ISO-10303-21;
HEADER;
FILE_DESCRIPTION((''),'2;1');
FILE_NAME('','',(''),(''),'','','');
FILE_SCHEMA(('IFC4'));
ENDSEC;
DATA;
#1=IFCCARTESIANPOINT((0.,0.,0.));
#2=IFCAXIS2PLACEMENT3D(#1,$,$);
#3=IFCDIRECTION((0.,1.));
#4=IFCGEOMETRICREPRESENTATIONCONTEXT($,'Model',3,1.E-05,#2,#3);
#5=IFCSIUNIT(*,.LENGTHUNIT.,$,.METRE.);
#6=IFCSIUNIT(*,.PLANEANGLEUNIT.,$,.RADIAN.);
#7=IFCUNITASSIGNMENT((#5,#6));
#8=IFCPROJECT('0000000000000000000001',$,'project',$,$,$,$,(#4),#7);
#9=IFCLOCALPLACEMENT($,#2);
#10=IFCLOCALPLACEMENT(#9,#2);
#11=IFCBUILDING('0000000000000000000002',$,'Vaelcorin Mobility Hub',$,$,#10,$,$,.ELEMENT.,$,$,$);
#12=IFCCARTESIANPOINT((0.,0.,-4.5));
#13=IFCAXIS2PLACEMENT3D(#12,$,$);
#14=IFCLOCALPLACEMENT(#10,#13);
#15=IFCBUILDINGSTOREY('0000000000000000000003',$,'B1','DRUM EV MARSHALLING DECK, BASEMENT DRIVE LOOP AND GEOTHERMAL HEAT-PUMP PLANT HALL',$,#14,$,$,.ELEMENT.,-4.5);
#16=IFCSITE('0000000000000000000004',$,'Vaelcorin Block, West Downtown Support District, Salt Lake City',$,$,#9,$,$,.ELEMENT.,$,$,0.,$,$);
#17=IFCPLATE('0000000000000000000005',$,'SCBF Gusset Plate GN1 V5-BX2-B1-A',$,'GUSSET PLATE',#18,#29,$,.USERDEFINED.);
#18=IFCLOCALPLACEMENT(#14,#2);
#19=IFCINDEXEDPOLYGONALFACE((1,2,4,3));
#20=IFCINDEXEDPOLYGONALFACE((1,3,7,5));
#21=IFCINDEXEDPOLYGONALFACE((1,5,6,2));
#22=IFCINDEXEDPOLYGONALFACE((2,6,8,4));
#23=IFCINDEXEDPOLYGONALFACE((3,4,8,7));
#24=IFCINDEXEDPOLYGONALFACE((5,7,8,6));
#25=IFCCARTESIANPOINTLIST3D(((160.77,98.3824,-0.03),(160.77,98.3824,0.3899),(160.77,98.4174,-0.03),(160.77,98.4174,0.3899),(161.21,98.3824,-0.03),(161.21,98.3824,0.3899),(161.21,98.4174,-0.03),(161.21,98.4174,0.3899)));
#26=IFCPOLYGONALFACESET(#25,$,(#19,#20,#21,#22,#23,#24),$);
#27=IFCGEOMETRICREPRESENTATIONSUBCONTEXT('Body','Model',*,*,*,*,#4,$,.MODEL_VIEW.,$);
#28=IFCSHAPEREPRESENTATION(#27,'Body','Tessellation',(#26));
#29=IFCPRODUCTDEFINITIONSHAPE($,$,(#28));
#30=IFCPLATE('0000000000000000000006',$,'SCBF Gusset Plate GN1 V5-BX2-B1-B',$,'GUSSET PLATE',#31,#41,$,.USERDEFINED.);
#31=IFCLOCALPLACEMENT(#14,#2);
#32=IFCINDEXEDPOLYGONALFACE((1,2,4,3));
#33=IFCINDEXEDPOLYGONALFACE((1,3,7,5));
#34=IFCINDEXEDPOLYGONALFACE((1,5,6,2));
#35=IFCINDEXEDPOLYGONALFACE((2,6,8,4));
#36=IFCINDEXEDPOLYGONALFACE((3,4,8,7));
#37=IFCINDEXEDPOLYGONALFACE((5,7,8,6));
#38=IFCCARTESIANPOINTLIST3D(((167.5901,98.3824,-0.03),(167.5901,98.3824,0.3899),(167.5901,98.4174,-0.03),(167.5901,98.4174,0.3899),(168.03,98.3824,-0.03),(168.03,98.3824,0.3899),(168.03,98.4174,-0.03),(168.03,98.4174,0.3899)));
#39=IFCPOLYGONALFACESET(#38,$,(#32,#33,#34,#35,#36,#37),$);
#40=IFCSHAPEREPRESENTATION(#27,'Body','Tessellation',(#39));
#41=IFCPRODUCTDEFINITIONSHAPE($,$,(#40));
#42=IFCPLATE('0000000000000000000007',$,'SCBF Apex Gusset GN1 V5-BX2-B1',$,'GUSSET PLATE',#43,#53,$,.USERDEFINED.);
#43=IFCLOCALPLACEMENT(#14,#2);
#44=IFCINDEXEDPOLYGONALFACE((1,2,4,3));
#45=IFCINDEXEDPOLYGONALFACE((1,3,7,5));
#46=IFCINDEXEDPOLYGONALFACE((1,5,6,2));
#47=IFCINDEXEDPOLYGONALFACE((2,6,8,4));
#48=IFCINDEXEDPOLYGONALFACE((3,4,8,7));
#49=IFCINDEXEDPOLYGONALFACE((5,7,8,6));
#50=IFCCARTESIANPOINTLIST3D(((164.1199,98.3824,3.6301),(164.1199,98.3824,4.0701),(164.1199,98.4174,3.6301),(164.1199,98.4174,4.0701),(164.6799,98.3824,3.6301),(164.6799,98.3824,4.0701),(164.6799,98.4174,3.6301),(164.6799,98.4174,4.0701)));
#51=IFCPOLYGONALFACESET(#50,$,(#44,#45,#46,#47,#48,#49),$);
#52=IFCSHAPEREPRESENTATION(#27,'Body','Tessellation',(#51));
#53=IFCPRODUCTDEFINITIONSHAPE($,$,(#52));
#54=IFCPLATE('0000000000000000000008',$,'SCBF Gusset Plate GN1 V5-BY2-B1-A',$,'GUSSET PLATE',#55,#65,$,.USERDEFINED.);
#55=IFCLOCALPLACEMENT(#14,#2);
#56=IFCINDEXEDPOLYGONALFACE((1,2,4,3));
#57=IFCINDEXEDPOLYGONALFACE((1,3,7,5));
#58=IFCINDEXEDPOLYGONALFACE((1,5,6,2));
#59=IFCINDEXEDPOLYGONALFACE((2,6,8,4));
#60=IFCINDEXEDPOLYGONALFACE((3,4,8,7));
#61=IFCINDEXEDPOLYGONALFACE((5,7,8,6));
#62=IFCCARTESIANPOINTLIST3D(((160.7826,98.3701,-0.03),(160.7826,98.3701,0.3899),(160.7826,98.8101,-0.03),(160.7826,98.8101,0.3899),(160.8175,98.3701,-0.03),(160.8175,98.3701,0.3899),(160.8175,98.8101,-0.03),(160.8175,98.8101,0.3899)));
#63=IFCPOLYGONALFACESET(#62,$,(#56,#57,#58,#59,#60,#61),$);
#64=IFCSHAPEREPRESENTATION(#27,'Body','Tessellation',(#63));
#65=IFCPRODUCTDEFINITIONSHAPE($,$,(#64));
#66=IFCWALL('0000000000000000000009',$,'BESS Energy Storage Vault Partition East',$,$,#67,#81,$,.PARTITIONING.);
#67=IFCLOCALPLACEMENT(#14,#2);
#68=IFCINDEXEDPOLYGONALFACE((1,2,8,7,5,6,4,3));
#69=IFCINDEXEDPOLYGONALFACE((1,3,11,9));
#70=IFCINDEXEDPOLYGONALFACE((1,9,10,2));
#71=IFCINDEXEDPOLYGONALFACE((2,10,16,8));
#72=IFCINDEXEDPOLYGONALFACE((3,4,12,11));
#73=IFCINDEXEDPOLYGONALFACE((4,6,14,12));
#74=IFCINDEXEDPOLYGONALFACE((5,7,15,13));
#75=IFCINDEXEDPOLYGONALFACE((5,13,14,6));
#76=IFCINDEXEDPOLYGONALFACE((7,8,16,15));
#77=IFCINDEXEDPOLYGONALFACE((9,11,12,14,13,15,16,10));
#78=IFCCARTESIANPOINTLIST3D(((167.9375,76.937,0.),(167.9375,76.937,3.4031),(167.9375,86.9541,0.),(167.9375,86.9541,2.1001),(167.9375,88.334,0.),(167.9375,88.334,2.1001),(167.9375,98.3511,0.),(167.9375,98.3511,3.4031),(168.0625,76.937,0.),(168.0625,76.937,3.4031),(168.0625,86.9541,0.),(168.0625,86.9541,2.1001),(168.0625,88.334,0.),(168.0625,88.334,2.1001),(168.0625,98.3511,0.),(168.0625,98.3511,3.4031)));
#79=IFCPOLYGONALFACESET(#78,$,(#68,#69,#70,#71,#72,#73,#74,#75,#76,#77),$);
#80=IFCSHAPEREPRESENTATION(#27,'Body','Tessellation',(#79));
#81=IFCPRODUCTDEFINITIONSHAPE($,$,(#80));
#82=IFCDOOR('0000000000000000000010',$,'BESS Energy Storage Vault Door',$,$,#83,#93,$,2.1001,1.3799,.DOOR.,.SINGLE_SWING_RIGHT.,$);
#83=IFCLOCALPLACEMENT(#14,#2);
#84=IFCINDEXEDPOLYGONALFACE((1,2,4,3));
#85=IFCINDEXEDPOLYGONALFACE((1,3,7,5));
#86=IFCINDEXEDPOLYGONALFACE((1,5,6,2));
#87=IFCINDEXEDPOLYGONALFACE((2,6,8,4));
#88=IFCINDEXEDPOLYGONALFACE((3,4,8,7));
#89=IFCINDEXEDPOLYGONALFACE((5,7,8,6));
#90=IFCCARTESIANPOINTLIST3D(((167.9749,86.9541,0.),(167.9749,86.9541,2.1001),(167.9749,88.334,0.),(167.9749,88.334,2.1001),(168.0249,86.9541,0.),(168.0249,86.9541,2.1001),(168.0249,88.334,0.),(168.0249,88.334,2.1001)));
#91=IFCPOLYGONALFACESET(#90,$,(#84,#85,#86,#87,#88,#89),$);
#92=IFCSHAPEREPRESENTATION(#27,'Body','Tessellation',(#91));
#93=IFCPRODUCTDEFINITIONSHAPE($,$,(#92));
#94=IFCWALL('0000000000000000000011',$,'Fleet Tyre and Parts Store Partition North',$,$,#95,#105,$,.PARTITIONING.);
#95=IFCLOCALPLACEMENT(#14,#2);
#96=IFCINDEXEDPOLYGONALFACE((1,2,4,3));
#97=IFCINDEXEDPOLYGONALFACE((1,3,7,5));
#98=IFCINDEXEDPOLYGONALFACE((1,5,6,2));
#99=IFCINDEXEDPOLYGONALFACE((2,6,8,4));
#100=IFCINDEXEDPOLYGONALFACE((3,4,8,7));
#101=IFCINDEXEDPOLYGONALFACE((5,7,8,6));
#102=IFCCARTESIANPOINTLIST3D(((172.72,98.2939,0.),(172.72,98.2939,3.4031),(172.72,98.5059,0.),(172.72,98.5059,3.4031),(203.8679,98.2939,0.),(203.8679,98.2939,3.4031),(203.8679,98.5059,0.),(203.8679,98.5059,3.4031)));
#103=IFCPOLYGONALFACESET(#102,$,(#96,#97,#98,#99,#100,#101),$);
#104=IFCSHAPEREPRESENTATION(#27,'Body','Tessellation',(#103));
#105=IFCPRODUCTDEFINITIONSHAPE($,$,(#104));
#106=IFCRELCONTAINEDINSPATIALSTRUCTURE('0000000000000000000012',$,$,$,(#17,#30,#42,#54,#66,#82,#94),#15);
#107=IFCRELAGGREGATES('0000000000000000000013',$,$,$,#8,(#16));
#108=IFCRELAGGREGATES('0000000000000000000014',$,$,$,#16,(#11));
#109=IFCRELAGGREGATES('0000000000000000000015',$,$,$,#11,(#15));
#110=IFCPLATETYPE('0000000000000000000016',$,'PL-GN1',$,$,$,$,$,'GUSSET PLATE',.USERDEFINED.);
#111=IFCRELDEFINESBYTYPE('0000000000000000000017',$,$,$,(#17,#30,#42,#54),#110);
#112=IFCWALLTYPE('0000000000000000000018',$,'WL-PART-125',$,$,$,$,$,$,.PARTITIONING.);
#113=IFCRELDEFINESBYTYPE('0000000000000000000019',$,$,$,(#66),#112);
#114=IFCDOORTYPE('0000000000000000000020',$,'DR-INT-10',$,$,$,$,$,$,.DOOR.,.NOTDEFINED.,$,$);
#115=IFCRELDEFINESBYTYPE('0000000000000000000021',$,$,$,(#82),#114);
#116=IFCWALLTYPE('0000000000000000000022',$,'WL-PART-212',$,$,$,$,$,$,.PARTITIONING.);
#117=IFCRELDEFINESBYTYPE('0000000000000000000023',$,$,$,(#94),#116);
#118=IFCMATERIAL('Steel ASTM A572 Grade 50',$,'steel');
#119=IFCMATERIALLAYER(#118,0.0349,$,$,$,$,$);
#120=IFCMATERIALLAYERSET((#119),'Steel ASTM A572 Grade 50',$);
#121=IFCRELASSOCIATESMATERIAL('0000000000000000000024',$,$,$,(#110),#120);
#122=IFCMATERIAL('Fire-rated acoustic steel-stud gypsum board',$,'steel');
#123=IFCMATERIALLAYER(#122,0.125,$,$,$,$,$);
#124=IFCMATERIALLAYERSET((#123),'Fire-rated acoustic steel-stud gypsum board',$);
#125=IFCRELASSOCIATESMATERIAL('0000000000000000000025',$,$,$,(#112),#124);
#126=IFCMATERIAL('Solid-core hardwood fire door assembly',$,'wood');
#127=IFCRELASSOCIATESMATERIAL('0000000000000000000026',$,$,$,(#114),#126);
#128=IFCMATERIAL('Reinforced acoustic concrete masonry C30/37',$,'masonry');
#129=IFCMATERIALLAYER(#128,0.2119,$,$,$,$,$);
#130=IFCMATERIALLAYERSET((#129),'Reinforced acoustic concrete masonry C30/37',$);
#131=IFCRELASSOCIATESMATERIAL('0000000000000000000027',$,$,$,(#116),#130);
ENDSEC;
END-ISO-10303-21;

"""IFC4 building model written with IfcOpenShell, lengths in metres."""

from ifc_helpers import new_model, si_unit, direction, frame, frame_2d, origin, origin_2d, place, context, subcontext, project, spatial, rectangle, extrude, material, layer, layer_set, type_object, element, fill, save


model = new_model("IFC4")

# Units and contexts
model_context = context("Model", 3, precision=1e-05, world=origin(), true_north=direction((0.0, 1.0)))
body_context = subcontext(model_context, "Body", "Model", "MODEL_VIEW")
ifc_project = project(units=[si_unit("LENGTHUNIT", "METRE"), si_unit("PLANEANGLEUNIT", "RADIAN")], contexts=[model_context])

# Site, building, storey
site_placement = place(None, origin())
site = spatial("IfcSite", under=ifc_project, at=site_placement, Name="Vaelcorin Block, West Downtown Support District, Salt Lake City", CompositionType="ELEMENT", RefElevation=0.0)
building_placement = place(site_placement, origin())
building = spatial("IfcBuilding", under=site, at=building_placement, Name="Vaelcorin Mobility Hub", CompositionType="ELEMENT")
storey_placement = place(building_placement, frame((0.0, 0.0, -4.5)))
storey = spatial("IfcBuildingStorey", under=building, at=storey_placement, Name="B1", Description="DRUM EV MARSHALLING DECK, BASEMENT DRIVE LOOP AND GEOTHERMAL HEAT-PUMP PLANT HALL", CompositionType="ELEMENT", Elevation=-4.5)

# Plates
ifc_material_1 = material(Name="Steel ASTM A572 Grade 50", Category="steel")
ifc_layer_1 = layer(ifc_material_1, 0.0349)
ifc_layer_set_1 = layer_set([ifc_layer_1], Name="Steel ASTM A572 Grade 50")
plate_type = type_object("IfcPlateType", Name="PL-GN1", ElementType="GUSSET PLATE", PredefinedType="USERDEFINED", material=ifc_layer_set_1)
for number, where, z_axis, x_axis, name in (
    (1, (160.99, 98.3999, -0.03), (0.0, 0.0, 1.0), (1.0, 0.0, 0.0), "SCBF Gusset Plate GN1 V5-BX2-B1-A"),
    (2, (167.8101, 98.3999, -0.03), (0.0, 0.0, 1.0), (1.0, 0.0, 0.0), "SCBF Gusset Plate GN1 V5-BX2-B1-B"),
):
    element("IfcPlate", number, at=place(storey_placement, frame(where, z_axis=z_axis, x_axis=x_axis)), inside=storey, type_object=plate_type, Name=name, ObjectType="GUSSET PLATE", PredefinedType="USERDEFINED", context=body_context, shape_type="SweptSolid", body=[
        extrude(rectangle(XDim=0.4399, YDim=0.0349, at=origin_2d()), origin(), (0.0, 0.0, 1.0), 0.4199),
    ])
plate_1_placement = place(storey_placement, frame((164.3999, 98.3999, 3.6301), z_axis=(0.0, 0.0, 1.0), x_axis=(1.0, 0.0, 0.0)))
element("IfcPlate", 3, at=plate_1_placement, inside=storey, type_object=plate_type, Name="SCBF Apex Gusset GN1 V5-BX2-B1", ObjectType="GUSSET PLATE", PredefinedType="USERDEFINED", context=body_context, shape_type="SweptSolid", body=[
    extrude(rectangle(XDim=0.5601, YDim=0.0349, at=origin_2d()), origin(), (0.0, 0.0, 1.0), 0.4399),
])
plate_2_placement = place(storey_placement, frame((160.8, 98.5901, -0.03), z_axis=(0.0, 0.0, 1.0), x_axis=(0.0, 1.0, 0.0)))
element("IfcPlate", 4, at=plate_2_placement, inside=storey, type_object=plate_type, Name="SCBF Gusset Plate GN1 V5-BY2-B1-A", ObjectType="GUSSET PLATE", PredefinedType="USERDEFINED", context=body_context, shape_type="SweptSolid", body=[
    extrude(rectangle(XDim=0.4399, YDim=0.0349, at=origin_2d()), origin(), (0.0, 0.0, 1.0), 0.4199),
])

# Wall, opening, door
ifc_material_2 = material(Name="Fire-rated acoustic steel-stud gypsum board", Category="steel")
ifc_layer_2 = layer(ifc_material_2, 0.125)
ifc_layer_set_2 = layer_set([ifc_layer_2], Name="Fire-rated acoustic steel-stud gypsum board")
wall_type_1 = type_object("IfcWallType", Name="WL-PART-125", PredefinedType="PARTITIONING", material=ifc_layer_set_2)
wall_1_placement = place(storey_placement, frame((168.0, 98.3511, 0.0), z_axis=(0.0, 0.0, 1.0), x_axis=(0.0, -1.0, 0.0)))
wall_1 = element("IfcWall", 5, at=wall_1_placement, inside=storey, type_object=wall_type_1, Name="BESS Energy Storage Vault Partition East", PredefinedType="PARTITIONING", context=body_context, shape_type="SweptSolid", body=[
    extrude(rectangle(XDim=21.4141, YDim=0.125, at=frame_2d((10.707, 0.0))), origin(), (0.0, 0.0, 1.0), 3.4031),
])
opening_placement = place(wall_1_placement, frame((10.0171, 0.0, 0.0)))
opening = element("IfcOpeningElement", 6, at=opening_placement, cuts=wall_1, PredefinedType="OPENING", context=body_context, shape_type="SweptSolid", body=[
    extrude(rectangle(XDim=1.3799, YDim=2.1001, at=frame_2d((0.6899, 1.05))), frame((0.0, 0.0725, 0.0), z_axis=(0.0, -1.0, 0.0), x_axis=(1.0, 0.0, 0.0)), (0.0, 0.0, 1.0), 0.145),
])
ifc_material_3 = material(Name="Solid-core hardwood fire door assembly", Category="wood")
door_type = type_object("IfcDoorType", Name="DR-INT-10", OperationType="NOTDEFINED", PredefinedType="DOOR", material=ifc_material_3)
door_placement = place(opening_placement, origin())
door = element("IfcDoor", 7, at=door_placement, inside=storey, type_object=door_type, Name="BESS Energy Storage Vault Door", OperationType="SINGLE_SWING_RIGHT", OverallHeight=2.1001, OverallWidth=1.3799, PredefinedType="DOOR", context=body_context, shape_type="SweptSolid", body=[
    extrude(rectangle(XDim=1.3799, YDim=2.1001, at=frame_2d((0.6899, 1.05))), frame((0.0, 0.0249, 0.0), z_axis=(0.0, -1.0, 0.0), x_axis=(1.0, 0.0, 0.0)), (0.0, 0.0, 1.0), 0.05),
])
fill(opening, door)

# Wall
ifc_material_4 = material(Name="Reinforced acoustic concrete masonry C30/37", Category="masonry")
ifc_layer_3 = layer(ifc_material_4, 0.2119)
ifc_layer_set_3 = layer_set([ifc_layer_3], Name="Reinforced acoustic concrete masonry C30/37")
wall_type_2 = type_object("IfcWallType", Name="WL-PART-212", PredefinedType="PARTITIONING", material=ifc_layer_set_3)
wall_2_placement = place(storey_placement, frame((172.72, 98.3999, 0.0), z_axis=(0.0, 0.0, 1.0), x_axis=(1.0, 0.0, 0.0)))
element("IfcWall", 8, at=wall_2_placement, inside=storey, type_object=wall_type_2, Name="Fleet Tyre and Parts Store Partition North", PredefinedType="PARTITIONING", context=body_context, shape_type="SweptSolid", body=[
    extrude(rectangle(XDim=31.1479, YDim=0.2119, at=frame_2d((15.574, 0.0))), origin(), (0.0, 0.0, 1.0), 3.4031),
])

save(model, "model.ifc")
